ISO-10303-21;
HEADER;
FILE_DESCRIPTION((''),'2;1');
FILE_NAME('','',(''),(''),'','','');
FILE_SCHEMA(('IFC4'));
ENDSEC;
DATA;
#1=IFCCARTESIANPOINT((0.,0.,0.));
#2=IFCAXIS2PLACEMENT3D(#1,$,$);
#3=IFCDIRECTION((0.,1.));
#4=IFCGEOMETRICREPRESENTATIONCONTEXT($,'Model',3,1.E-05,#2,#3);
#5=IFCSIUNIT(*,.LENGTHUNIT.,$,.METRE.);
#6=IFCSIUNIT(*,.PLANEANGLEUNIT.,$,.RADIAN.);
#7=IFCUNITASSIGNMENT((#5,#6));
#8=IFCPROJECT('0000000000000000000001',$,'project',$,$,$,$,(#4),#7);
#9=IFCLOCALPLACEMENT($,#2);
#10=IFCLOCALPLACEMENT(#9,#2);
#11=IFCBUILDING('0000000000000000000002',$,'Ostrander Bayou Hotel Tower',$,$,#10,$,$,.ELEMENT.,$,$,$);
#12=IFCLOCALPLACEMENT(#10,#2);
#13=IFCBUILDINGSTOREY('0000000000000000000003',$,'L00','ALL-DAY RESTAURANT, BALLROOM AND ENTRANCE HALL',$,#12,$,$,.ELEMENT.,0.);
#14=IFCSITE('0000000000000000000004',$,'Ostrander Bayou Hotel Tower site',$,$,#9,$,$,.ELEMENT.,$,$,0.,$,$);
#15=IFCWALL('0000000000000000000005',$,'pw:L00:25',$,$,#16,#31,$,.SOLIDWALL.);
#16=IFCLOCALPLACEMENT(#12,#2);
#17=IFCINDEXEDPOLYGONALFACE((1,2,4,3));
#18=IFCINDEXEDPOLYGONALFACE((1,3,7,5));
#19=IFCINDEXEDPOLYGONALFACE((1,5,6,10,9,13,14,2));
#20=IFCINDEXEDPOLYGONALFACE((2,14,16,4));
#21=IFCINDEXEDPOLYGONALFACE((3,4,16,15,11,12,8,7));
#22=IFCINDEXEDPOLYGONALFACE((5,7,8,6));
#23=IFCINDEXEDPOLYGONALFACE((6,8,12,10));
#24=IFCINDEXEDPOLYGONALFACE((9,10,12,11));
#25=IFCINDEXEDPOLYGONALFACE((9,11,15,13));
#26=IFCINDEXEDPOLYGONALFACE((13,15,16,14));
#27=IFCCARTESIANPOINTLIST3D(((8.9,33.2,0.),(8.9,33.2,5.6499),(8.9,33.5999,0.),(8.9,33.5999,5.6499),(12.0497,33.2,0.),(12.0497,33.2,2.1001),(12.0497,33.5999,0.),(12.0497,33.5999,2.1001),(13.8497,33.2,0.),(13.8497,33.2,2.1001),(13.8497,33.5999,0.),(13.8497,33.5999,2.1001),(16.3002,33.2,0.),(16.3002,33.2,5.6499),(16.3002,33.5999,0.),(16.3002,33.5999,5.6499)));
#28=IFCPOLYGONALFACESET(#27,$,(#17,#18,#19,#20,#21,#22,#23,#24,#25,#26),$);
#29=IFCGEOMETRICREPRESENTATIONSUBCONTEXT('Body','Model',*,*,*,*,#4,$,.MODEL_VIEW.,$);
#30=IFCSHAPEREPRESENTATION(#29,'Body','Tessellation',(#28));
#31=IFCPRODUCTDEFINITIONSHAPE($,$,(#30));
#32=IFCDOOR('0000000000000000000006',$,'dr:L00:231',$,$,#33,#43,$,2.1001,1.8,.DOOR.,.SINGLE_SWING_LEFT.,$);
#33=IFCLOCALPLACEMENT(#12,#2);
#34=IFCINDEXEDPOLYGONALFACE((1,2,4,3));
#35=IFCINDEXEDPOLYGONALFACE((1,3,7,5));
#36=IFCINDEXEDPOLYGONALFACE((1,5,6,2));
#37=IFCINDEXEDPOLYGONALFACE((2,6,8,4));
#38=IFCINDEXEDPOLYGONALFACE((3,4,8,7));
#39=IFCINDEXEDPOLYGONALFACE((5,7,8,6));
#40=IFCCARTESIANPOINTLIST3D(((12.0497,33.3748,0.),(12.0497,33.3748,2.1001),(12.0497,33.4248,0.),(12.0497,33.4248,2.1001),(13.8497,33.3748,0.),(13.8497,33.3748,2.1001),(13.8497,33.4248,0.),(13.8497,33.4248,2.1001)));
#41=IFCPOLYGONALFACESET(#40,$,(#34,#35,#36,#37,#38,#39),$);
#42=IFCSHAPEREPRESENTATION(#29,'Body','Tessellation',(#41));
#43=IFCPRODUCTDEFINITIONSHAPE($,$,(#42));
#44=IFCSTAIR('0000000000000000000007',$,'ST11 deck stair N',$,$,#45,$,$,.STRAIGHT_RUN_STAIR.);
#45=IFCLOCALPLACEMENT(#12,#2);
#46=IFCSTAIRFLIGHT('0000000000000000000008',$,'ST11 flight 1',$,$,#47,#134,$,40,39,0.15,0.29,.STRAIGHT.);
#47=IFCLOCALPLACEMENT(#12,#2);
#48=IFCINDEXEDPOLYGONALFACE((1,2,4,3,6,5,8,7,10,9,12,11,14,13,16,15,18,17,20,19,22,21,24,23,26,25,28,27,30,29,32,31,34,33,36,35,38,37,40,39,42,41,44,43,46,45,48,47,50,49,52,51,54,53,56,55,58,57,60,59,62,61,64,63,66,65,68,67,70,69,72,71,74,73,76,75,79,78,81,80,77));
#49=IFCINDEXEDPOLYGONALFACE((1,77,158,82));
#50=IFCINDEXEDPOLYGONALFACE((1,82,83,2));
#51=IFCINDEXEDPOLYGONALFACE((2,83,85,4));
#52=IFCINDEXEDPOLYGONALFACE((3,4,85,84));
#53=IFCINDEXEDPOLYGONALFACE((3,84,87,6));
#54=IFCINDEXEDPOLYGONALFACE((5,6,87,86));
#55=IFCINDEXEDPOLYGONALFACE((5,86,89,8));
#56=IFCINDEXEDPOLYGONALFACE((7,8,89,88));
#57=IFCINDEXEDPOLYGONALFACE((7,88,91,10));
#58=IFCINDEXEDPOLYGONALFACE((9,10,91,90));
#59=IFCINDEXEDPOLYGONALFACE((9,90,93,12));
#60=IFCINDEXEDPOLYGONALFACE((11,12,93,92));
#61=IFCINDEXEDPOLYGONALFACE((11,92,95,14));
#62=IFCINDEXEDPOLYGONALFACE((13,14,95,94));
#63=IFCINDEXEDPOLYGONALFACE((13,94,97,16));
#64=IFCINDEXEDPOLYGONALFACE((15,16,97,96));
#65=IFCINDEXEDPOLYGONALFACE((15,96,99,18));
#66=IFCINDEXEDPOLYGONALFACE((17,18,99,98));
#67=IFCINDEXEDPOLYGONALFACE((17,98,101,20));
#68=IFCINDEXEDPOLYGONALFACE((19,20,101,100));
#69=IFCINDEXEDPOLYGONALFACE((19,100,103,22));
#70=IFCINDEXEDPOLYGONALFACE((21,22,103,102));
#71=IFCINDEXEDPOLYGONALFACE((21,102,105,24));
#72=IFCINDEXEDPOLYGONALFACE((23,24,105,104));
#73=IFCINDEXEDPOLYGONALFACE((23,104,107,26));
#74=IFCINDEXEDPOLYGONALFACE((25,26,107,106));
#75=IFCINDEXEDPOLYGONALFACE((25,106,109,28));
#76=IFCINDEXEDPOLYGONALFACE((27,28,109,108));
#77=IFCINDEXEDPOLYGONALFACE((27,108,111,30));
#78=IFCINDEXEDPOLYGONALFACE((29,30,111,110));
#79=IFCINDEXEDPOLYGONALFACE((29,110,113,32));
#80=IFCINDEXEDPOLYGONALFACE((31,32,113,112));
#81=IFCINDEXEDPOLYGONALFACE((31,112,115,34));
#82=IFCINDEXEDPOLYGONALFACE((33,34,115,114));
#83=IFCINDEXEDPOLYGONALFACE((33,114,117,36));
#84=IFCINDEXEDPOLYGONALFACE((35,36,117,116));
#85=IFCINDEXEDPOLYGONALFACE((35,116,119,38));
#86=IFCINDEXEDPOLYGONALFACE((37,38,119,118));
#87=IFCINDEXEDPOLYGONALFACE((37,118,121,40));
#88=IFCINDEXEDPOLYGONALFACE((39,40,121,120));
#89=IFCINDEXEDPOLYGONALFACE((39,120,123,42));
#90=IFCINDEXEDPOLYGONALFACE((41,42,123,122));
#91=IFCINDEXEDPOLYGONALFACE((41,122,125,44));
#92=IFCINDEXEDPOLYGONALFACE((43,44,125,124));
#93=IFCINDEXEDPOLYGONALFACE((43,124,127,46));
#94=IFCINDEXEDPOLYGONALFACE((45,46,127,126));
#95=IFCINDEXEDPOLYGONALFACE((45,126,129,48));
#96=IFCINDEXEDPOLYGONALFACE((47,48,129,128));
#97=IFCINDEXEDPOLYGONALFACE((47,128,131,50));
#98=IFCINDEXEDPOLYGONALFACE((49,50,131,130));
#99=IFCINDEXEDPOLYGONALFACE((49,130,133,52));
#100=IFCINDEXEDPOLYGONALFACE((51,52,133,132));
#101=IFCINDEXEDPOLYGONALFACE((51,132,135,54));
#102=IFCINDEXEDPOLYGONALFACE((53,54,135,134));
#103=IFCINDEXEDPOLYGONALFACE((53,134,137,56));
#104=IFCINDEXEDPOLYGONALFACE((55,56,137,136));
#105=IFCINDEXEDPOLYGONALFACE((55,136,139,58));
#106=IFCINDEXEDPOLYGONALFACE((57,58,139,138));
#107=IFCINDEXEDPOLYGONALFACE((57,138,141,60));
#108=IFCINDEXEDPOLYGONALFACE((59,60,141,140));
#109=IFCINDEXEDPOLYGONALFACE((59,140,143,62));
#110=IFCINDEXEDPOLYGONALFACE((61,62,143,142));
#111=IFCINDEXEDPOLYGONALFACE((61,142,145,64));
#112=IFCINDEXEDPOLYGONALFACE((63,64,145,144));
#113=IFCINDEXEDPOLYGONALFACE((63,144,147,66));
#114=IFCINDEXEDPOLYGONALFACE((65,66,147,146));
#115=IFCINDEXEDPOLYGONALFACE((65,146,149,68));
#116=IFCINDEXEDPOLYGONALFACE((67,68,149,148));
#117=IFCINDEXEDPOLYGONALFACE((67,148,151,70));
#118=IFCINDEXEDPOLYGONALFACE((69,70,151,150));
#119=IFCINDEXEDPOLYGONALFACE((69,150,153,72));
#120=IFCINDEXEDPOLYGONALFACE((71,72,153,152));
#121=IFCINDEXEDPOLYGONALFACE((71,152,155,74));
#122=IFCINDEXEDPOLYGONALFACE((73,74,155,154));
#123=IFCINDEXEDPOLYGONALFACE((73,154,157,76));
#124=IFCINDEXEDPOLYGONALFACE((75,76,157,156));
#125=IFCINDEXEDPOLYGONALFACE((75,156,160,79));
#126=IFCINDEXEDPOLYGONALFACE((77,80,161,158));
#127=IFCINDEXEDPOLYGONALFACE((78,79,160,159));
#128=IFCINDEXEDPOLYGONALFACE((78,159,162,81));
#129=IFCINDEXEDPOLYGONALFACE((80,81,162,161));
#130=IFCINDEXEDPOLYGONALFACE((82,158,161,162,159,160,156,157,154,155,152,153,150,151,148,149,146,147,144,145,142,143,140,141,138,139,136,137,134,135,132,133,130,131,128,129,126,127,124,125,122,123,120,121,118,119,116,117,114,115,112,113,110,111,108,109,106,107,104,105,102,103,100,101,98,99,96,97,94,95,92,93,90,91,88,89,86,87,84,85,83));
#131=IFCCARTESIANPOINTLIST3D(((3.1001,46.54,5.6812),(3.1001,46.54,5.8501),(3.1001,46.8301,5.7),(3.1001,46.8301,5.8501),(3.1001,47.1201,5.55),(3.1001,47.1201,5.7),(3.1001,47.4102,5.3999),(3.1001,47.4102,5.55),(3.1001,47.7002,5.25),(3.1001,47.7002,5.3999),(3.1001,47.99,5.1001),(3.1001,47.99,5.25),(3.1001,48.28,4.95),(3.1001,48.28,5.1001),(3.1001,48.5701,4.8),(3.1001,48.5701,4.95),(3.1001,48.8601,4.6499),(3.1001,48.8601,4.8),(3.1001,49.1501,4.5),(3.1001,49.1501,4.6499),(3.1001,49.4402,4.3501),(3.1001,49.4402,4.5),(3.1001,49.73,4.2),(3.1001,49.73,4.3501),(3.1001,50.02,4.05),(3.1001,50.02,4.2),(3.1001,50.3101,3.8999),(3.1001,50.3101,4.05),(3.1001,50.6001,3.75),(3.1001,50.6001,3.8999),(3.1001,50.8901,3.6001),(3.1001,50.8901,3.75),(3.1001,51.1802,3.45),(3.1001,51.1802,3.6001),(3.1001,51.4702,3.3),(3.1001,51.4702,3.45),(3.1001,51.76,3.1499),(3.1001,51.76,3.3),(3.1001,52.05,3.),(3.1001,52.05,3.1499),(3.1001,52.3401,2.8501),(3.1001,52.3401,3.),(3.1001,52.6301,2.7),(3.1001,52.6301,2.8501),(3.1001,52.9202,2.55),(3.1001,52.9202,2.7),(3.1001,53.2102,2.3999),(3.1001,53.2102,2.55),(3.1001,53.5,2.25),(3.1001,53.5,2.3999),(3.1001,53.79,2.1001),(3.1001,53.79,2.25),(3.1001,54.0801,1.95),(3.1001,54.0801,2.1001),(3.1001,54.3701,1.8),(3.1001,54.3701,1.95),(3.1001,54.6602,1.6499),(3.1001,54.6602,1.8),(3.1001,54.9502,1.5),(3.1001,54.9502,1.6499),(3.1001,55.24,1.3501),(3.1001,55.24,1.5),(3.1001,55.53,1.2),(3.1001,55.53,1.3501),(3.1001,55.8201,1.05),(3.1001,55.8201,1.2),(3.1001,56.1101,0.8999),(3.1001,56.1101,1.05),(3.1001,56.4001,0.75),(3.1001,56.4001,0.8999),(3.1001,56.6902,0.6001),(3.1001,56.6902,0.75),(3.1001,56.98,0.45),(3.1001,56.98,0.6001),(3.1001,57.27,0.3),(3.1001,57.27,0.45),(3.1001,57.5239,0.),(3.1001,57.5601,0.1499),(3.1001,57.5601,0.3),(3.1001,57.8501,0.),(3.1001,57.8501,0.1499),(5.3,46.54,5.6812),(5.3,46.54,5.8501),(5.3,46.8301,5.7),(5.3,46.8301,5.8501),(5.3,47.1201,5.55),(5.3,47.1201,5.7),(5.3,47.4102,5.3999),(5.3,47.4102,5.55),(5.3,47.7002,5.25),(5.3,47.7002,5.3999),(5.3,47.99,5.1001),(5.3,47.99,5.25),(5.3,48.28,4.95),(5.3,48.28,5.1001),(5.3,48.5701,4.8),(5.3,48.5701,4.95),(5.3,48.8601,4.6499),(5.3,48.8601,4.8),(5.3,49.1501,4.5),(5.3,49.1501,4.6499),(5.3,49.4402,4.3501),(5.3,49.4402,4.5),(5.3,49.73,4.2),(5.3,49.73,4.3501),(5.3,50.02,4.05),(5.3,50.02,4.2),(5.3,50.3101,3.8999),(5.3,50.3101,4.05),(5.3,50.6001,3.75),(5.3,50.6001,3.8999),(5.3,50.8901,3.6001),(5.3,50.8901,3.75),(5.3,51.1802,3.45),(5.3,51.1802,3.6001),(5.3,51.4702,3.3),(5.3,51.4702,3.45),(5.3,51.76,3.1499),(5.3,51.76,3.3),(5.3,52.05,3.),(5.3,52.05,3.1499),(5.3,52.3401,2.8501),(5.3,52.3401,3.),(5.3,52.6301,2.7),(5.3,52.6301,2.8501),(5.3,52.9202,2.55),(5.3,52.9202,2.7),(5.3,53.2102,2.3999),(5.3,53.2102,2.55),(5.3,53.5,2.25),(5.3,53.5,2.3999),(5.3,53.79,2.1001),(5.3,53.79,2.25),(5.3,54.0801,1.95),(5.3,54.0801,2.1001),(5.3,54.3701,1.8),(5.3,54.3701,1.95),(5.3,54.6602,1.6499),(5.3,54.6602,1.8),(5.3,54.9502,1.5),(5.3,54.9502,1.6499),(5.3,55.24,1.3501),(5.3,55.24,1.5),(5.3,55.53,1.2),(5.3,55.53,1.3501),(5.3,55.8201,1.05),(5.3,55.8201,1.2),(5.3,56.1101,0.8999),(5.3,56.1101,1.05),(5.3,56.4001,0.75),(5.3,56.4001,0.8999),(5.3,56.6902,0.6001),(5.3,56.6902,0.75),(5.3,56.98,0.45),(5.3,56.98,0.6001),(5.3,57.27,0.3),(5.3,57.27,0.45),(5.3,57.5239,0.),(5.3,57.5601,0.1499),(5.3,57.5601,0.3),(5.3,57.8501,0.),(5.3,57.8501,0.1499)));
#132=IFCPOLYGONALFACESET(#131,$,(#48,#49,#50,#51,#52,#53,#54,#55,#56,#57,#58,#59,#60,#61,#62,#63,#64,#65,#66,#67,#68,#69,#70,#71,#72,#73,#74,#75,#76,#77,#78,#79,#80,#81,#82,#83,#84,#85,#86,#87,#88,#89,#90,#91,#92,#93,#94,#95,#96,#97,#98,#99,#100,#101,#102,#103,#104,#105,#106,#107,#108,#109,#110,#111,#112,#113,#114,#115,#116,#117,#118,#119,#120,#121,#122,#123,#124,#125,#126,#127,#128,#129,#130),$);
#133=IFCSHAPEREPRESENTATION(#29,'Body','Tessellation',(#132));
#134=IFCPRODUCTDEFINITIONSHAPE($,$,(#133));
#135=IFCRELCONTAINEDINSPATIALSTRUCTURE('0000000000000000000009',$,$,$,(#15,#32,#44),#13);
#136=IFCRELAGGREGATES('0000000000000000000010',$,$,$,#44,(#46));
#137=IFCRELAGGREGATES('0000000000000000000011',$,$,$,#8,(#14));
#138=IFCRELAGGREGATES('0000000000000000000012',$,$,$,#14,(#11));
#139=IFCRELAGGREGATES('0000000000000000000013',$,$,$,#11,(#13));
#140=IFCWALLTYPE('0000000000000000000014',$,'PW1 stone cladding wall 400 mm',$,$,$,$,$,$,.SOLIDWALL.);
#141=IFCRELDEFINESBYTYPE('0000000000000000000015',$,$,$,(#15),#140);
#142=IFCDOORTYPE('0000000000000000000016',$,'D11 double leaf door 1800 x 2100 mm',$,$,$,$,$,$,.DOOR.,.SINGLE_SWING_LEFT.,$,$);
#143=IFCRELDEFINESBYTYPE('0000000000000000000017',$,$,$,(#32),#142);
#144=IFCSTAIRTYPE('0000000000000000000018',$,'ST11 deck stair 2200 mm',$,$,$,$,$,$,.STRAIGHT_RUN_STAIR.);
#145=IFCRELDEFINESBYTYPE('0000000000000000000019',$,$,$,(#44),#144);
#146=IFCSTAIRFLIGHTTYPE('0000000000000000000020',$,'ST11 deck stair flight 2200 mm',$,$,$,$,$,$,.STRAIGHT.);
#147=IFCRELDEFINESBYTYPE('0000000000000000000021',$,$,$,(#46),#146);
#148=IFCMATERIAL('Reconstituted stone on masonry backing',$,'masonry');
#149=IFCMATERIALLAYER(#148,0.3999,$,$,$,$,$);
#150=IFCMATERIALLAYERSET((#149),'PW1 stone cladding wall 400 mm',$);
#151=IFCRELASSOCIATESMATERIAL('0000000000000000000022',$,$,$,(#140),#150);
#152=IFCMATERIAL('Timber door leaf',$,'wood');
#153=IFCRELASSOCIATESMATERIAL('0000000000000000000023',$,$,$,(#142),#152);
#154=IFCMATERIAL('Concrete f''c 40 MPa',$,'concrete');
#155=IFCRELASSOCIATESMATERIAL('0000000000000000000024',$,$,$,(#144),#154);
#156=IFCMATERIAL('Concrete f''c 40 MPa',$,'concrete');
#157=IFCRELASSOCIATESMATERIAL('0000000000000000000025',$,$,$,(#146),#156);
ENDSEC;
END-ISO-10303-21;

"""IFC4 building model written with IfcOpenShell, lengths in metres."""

from ifc_helpers import new_model, si_unit, direction, frame, frame_2d, origin, place, context, subcontext, project, spatial, polyline, rectangle, outline, extrude, material, layer, layer_set, type_object, element, fill, aggregate, save


model = new_model("IFC4")

# Units and contexts
model_context = context("Model", 3, precision=1e-05, world=origin(), true_north=direction((0.0, 1.0)))
body_context = subcontext(model_context, "Body", "Model", "MODEL_VIEW")
ifc_project = project(units=[si_unit("LENGTHUNIT", "METRE"), si_unit("PLANEANGLEUNIT", "RADIAN")], contexts=[model_context])

# Site, building, storey
site_placement = place(None, origin())
site = spatial("IfcSite", under=ifc_project, at=site_placement, Name="Ostrander Bayou Hotel Tower site", CompositionType="ELEMENT", RefElevation=0.0)
building_placement = place(site_placement, origin())
building = spatial("IfcBuilding", under=site, at=building_placement, Name="Ostrander Bayou Hotel Tower", CompositionType="ELEMENT")
storey_placement = place(building_placement, origin())
storey = spatial("IfcBuildingStorey", under=building, at=storey_placement, Name="L00", Description="ALL-DAY RESTAURANT, BALLROOM AND ENTRANCE HALL", CompositionType="ELEMENT", Elevation=0.0)

# Wall, opening, door
ifc_material_1 = material(Name="Reconstituted stone on masonry backing", Category="masonry")
ifc_layer_1 = layer(ifc_material_1, 0.3999)
ifc_layer_set_1 = layer_set([ifc_layer_1], Name="PW1 stone cladding wall 400 mm")
wall_type_1 = type_object("IfcWallType", Name="PW1 stone cladding wall 400 mm", PredefinedType="SOLIDWALL", material=ifc_layer_set_1)
wall_1_placement = place(storey_placement, frame((8.8999, 33.3999, 0.0), z_axis=(0.0, 0.0, 1.0), x_axis=(1.0, 0.0, 0.0)))
wall_1 = element("IfcWall", 1, at=wall_1_placement, inside=storey, type_object=wall_type_1, Name="pw:L00:25", PredefinedType="SOLIDWALL", context=body_context, shape_type="SweptSolid", body=[
    extrude(rectangle(XDim=7.4001, YDim=0.3999, at=frame_2d((3.7002, 0.0))), origin(), (0.0, 0.0, 1.0), 5.6499),
])
opening_1_placement = place(wall_1_placement, frame((3.1499, 0.0, 0.0)))
opening_1 = element("IfcOpeningElement", 2, at=opening_1_placement, cuts=wall_1, PredefinedType="OPENING", context=body_context, shape_type="SweptSolid", body=[
    extrude(rectangle(XDim=1.8, YDim=2.1001, at=frame_2d((0.8999, 1.05))), frame((0.0, 0.2, 0.0), z_axis=(0.0, -1.0, 0.0), x_axis=(1.0, 0.0, 0.0)), (0.0, 0.0, 1.0), 0.3999),
])
ifc_material_2 = material(Name="Timber door leaf", Category="wood")
door_type_1 = type_object("IfcDoorType", Name="D11 double leaf door 1800 x 2100 mm", OperationType="SINGLE_SWING_LEFT", PredefinedType="DOOR", material=ifc_material_2)
door_1_placement = place(opening_1_placement, origin())
door_1 = element("IfcDoor", 3, at=door_1_placement, inside=storey, type_object=door_type_1, Name="dr:L00:231", OperationType="SINGLE_SWING_LEFT", OverallHeight=2.1001, OverallWidth=1.8, PredefinedType="DOOR", context=body_context, shape_type="SweptSolid", body=[
    extrude(rectangle(XDim=1.8, YDim=2.1001, at=frame_2d((0.8999, 1.05))), frame((0.0, 0.0249, 0.0), z_axis=(0.0, -1.0, 0.0), x_axis=(1.0, 0.0, 0.0)), (0.0, 0.0, 1.0), 0.05),
])
fill(opening_1, door_1)

# Stair, stair flight
ifc_material_3 = material(Name="Concrete f'c 40 MPa", Category="concrete")
stair_type = type_object("IfcStairType", Name="ST11 deck stair 2200 mm", PredefinedType="STRAIGHT_RUN_STAIR", material=ifc_material_3)
stair_placement = place(storey_placement, origin())
stair = element("IfcStair", 4, at=stair_placement, inside=storey, type_object=stair_type, Name="ST11 deck stair N", PredefinedType="STRAIGHT_RUN_STAIR")
ifc_material_4 = material(Name="Concrete f'c 40 MPa", Category="concrete")
stair_flight_type = type_object("IfcStairFlightType", Name="ST11 deck stair flight 2200 mm", PredefinedType="STRAIGHT", material=ifc_material_4)
stair_flight_placement = place(storey_placement, frame((4.2, 57.8501, 0.0), z_axis=(0.0, 0.0, 1.0), x_axis=(0.0, -1.0, 0.0)))
stair_flight = element("IfcStairFlight", 5, at=stair_flight_placement, type_object=stair_flight_type, Name="ST11 flight 1", NumberOfRisers=40, NumberOfTreads=39, PredefinedType="STRAIGHT", RiserHeight=0.15, TreadLength=0.29, context=body_context, shape_type="SweptSolid", body=[
    extrude(outline(polyline([(0.0, 0.0), (0.0, 0.1499), (0.29, 0.1499), (0.29, 0.3), (0.5801, 0.3), (0.5801, 0.45), (0.8701, 0.45), (0.8701, 0.6001), (1.1599, 0.6001), (1.1599, 0.75), (1.45, 0.75), (1.45, 0.8999), (1.74, 0.8999), (1.74, 1.05), (2.03, 1.05), (2.03, 1.2), (2.3201, 1.2), (2.3201, 1.3501), (2.6101, 1.3501), (2.6101, 1.5), (2.8999, 1.5), (2.8999, 1.6499), (3.1899, 1.6499), (3.1899, 1.8), (3.48, 1.8), (3.48, 1.95), (3.77, 1.95), (3.77, 2.1001), (4.0601, 2.1001), (4.0601, 2.25), (4.3501, 2.25), (4.3501, 2.3999), (4.6399, 2.3999), (4.6399, 2.55), (4.9299, 2.55), (4.9299, 2.7), (5.22, 2.7), (5.22, 2.8501), (5.51, 2.8501), (5.51, 3.0), (5.8, 3.0), (5.8, 3.1499), (6.0901, 3.1499), (6.0901, 3.3), (6.3799, 3.3), (6.3799, 3.45), (6.6699, 3.45), (6.6699, 3.6001), (6.96, 3.6001), (6.96, 3.75), (7.25, 3.75), (7.25, 3.8999), (7.54, 3.8999), (7.54, 4.05), (7.8301, 4.05), (7.8301, 4.2), (8.1201, 4.2), (8.1201, 4.3501), (8.4099, 4.3501), (8.4099, 4.5), (8.7, 4.5), (8.7, 4.6499), (8.99, 4.6499), (8.99, 4.8), (9.28, 4.8), (9.28, 4.95), (9.5701, 4.95), (9.5701, 5.1001), (9.8601, 5.1001), (9.8601, 5.25), (10.1499, 5.25), (10.1499, 5.3999), (10.4399, 5.3999), (10.4399, 5.55), (10.73, 5.55), (10.73, 5.7), (11.02, 5.7), (11.02, 5.8501), (11.3101, 5.8501), (11.3101, 6.0), (11.3101, 5.6812), (0.3262, 0.0), (0.0, 0.0)])), frame((0.0, 1.1001, 0.0), z_axis=(0.0, -1.0, 0.0), x_axis=(1.0, 0.0, 0.0)), (0.0, 0.0, 1.0), 2.2),
])
aggregate(stair, [stair_flight])

save(model, "model.ifc")
